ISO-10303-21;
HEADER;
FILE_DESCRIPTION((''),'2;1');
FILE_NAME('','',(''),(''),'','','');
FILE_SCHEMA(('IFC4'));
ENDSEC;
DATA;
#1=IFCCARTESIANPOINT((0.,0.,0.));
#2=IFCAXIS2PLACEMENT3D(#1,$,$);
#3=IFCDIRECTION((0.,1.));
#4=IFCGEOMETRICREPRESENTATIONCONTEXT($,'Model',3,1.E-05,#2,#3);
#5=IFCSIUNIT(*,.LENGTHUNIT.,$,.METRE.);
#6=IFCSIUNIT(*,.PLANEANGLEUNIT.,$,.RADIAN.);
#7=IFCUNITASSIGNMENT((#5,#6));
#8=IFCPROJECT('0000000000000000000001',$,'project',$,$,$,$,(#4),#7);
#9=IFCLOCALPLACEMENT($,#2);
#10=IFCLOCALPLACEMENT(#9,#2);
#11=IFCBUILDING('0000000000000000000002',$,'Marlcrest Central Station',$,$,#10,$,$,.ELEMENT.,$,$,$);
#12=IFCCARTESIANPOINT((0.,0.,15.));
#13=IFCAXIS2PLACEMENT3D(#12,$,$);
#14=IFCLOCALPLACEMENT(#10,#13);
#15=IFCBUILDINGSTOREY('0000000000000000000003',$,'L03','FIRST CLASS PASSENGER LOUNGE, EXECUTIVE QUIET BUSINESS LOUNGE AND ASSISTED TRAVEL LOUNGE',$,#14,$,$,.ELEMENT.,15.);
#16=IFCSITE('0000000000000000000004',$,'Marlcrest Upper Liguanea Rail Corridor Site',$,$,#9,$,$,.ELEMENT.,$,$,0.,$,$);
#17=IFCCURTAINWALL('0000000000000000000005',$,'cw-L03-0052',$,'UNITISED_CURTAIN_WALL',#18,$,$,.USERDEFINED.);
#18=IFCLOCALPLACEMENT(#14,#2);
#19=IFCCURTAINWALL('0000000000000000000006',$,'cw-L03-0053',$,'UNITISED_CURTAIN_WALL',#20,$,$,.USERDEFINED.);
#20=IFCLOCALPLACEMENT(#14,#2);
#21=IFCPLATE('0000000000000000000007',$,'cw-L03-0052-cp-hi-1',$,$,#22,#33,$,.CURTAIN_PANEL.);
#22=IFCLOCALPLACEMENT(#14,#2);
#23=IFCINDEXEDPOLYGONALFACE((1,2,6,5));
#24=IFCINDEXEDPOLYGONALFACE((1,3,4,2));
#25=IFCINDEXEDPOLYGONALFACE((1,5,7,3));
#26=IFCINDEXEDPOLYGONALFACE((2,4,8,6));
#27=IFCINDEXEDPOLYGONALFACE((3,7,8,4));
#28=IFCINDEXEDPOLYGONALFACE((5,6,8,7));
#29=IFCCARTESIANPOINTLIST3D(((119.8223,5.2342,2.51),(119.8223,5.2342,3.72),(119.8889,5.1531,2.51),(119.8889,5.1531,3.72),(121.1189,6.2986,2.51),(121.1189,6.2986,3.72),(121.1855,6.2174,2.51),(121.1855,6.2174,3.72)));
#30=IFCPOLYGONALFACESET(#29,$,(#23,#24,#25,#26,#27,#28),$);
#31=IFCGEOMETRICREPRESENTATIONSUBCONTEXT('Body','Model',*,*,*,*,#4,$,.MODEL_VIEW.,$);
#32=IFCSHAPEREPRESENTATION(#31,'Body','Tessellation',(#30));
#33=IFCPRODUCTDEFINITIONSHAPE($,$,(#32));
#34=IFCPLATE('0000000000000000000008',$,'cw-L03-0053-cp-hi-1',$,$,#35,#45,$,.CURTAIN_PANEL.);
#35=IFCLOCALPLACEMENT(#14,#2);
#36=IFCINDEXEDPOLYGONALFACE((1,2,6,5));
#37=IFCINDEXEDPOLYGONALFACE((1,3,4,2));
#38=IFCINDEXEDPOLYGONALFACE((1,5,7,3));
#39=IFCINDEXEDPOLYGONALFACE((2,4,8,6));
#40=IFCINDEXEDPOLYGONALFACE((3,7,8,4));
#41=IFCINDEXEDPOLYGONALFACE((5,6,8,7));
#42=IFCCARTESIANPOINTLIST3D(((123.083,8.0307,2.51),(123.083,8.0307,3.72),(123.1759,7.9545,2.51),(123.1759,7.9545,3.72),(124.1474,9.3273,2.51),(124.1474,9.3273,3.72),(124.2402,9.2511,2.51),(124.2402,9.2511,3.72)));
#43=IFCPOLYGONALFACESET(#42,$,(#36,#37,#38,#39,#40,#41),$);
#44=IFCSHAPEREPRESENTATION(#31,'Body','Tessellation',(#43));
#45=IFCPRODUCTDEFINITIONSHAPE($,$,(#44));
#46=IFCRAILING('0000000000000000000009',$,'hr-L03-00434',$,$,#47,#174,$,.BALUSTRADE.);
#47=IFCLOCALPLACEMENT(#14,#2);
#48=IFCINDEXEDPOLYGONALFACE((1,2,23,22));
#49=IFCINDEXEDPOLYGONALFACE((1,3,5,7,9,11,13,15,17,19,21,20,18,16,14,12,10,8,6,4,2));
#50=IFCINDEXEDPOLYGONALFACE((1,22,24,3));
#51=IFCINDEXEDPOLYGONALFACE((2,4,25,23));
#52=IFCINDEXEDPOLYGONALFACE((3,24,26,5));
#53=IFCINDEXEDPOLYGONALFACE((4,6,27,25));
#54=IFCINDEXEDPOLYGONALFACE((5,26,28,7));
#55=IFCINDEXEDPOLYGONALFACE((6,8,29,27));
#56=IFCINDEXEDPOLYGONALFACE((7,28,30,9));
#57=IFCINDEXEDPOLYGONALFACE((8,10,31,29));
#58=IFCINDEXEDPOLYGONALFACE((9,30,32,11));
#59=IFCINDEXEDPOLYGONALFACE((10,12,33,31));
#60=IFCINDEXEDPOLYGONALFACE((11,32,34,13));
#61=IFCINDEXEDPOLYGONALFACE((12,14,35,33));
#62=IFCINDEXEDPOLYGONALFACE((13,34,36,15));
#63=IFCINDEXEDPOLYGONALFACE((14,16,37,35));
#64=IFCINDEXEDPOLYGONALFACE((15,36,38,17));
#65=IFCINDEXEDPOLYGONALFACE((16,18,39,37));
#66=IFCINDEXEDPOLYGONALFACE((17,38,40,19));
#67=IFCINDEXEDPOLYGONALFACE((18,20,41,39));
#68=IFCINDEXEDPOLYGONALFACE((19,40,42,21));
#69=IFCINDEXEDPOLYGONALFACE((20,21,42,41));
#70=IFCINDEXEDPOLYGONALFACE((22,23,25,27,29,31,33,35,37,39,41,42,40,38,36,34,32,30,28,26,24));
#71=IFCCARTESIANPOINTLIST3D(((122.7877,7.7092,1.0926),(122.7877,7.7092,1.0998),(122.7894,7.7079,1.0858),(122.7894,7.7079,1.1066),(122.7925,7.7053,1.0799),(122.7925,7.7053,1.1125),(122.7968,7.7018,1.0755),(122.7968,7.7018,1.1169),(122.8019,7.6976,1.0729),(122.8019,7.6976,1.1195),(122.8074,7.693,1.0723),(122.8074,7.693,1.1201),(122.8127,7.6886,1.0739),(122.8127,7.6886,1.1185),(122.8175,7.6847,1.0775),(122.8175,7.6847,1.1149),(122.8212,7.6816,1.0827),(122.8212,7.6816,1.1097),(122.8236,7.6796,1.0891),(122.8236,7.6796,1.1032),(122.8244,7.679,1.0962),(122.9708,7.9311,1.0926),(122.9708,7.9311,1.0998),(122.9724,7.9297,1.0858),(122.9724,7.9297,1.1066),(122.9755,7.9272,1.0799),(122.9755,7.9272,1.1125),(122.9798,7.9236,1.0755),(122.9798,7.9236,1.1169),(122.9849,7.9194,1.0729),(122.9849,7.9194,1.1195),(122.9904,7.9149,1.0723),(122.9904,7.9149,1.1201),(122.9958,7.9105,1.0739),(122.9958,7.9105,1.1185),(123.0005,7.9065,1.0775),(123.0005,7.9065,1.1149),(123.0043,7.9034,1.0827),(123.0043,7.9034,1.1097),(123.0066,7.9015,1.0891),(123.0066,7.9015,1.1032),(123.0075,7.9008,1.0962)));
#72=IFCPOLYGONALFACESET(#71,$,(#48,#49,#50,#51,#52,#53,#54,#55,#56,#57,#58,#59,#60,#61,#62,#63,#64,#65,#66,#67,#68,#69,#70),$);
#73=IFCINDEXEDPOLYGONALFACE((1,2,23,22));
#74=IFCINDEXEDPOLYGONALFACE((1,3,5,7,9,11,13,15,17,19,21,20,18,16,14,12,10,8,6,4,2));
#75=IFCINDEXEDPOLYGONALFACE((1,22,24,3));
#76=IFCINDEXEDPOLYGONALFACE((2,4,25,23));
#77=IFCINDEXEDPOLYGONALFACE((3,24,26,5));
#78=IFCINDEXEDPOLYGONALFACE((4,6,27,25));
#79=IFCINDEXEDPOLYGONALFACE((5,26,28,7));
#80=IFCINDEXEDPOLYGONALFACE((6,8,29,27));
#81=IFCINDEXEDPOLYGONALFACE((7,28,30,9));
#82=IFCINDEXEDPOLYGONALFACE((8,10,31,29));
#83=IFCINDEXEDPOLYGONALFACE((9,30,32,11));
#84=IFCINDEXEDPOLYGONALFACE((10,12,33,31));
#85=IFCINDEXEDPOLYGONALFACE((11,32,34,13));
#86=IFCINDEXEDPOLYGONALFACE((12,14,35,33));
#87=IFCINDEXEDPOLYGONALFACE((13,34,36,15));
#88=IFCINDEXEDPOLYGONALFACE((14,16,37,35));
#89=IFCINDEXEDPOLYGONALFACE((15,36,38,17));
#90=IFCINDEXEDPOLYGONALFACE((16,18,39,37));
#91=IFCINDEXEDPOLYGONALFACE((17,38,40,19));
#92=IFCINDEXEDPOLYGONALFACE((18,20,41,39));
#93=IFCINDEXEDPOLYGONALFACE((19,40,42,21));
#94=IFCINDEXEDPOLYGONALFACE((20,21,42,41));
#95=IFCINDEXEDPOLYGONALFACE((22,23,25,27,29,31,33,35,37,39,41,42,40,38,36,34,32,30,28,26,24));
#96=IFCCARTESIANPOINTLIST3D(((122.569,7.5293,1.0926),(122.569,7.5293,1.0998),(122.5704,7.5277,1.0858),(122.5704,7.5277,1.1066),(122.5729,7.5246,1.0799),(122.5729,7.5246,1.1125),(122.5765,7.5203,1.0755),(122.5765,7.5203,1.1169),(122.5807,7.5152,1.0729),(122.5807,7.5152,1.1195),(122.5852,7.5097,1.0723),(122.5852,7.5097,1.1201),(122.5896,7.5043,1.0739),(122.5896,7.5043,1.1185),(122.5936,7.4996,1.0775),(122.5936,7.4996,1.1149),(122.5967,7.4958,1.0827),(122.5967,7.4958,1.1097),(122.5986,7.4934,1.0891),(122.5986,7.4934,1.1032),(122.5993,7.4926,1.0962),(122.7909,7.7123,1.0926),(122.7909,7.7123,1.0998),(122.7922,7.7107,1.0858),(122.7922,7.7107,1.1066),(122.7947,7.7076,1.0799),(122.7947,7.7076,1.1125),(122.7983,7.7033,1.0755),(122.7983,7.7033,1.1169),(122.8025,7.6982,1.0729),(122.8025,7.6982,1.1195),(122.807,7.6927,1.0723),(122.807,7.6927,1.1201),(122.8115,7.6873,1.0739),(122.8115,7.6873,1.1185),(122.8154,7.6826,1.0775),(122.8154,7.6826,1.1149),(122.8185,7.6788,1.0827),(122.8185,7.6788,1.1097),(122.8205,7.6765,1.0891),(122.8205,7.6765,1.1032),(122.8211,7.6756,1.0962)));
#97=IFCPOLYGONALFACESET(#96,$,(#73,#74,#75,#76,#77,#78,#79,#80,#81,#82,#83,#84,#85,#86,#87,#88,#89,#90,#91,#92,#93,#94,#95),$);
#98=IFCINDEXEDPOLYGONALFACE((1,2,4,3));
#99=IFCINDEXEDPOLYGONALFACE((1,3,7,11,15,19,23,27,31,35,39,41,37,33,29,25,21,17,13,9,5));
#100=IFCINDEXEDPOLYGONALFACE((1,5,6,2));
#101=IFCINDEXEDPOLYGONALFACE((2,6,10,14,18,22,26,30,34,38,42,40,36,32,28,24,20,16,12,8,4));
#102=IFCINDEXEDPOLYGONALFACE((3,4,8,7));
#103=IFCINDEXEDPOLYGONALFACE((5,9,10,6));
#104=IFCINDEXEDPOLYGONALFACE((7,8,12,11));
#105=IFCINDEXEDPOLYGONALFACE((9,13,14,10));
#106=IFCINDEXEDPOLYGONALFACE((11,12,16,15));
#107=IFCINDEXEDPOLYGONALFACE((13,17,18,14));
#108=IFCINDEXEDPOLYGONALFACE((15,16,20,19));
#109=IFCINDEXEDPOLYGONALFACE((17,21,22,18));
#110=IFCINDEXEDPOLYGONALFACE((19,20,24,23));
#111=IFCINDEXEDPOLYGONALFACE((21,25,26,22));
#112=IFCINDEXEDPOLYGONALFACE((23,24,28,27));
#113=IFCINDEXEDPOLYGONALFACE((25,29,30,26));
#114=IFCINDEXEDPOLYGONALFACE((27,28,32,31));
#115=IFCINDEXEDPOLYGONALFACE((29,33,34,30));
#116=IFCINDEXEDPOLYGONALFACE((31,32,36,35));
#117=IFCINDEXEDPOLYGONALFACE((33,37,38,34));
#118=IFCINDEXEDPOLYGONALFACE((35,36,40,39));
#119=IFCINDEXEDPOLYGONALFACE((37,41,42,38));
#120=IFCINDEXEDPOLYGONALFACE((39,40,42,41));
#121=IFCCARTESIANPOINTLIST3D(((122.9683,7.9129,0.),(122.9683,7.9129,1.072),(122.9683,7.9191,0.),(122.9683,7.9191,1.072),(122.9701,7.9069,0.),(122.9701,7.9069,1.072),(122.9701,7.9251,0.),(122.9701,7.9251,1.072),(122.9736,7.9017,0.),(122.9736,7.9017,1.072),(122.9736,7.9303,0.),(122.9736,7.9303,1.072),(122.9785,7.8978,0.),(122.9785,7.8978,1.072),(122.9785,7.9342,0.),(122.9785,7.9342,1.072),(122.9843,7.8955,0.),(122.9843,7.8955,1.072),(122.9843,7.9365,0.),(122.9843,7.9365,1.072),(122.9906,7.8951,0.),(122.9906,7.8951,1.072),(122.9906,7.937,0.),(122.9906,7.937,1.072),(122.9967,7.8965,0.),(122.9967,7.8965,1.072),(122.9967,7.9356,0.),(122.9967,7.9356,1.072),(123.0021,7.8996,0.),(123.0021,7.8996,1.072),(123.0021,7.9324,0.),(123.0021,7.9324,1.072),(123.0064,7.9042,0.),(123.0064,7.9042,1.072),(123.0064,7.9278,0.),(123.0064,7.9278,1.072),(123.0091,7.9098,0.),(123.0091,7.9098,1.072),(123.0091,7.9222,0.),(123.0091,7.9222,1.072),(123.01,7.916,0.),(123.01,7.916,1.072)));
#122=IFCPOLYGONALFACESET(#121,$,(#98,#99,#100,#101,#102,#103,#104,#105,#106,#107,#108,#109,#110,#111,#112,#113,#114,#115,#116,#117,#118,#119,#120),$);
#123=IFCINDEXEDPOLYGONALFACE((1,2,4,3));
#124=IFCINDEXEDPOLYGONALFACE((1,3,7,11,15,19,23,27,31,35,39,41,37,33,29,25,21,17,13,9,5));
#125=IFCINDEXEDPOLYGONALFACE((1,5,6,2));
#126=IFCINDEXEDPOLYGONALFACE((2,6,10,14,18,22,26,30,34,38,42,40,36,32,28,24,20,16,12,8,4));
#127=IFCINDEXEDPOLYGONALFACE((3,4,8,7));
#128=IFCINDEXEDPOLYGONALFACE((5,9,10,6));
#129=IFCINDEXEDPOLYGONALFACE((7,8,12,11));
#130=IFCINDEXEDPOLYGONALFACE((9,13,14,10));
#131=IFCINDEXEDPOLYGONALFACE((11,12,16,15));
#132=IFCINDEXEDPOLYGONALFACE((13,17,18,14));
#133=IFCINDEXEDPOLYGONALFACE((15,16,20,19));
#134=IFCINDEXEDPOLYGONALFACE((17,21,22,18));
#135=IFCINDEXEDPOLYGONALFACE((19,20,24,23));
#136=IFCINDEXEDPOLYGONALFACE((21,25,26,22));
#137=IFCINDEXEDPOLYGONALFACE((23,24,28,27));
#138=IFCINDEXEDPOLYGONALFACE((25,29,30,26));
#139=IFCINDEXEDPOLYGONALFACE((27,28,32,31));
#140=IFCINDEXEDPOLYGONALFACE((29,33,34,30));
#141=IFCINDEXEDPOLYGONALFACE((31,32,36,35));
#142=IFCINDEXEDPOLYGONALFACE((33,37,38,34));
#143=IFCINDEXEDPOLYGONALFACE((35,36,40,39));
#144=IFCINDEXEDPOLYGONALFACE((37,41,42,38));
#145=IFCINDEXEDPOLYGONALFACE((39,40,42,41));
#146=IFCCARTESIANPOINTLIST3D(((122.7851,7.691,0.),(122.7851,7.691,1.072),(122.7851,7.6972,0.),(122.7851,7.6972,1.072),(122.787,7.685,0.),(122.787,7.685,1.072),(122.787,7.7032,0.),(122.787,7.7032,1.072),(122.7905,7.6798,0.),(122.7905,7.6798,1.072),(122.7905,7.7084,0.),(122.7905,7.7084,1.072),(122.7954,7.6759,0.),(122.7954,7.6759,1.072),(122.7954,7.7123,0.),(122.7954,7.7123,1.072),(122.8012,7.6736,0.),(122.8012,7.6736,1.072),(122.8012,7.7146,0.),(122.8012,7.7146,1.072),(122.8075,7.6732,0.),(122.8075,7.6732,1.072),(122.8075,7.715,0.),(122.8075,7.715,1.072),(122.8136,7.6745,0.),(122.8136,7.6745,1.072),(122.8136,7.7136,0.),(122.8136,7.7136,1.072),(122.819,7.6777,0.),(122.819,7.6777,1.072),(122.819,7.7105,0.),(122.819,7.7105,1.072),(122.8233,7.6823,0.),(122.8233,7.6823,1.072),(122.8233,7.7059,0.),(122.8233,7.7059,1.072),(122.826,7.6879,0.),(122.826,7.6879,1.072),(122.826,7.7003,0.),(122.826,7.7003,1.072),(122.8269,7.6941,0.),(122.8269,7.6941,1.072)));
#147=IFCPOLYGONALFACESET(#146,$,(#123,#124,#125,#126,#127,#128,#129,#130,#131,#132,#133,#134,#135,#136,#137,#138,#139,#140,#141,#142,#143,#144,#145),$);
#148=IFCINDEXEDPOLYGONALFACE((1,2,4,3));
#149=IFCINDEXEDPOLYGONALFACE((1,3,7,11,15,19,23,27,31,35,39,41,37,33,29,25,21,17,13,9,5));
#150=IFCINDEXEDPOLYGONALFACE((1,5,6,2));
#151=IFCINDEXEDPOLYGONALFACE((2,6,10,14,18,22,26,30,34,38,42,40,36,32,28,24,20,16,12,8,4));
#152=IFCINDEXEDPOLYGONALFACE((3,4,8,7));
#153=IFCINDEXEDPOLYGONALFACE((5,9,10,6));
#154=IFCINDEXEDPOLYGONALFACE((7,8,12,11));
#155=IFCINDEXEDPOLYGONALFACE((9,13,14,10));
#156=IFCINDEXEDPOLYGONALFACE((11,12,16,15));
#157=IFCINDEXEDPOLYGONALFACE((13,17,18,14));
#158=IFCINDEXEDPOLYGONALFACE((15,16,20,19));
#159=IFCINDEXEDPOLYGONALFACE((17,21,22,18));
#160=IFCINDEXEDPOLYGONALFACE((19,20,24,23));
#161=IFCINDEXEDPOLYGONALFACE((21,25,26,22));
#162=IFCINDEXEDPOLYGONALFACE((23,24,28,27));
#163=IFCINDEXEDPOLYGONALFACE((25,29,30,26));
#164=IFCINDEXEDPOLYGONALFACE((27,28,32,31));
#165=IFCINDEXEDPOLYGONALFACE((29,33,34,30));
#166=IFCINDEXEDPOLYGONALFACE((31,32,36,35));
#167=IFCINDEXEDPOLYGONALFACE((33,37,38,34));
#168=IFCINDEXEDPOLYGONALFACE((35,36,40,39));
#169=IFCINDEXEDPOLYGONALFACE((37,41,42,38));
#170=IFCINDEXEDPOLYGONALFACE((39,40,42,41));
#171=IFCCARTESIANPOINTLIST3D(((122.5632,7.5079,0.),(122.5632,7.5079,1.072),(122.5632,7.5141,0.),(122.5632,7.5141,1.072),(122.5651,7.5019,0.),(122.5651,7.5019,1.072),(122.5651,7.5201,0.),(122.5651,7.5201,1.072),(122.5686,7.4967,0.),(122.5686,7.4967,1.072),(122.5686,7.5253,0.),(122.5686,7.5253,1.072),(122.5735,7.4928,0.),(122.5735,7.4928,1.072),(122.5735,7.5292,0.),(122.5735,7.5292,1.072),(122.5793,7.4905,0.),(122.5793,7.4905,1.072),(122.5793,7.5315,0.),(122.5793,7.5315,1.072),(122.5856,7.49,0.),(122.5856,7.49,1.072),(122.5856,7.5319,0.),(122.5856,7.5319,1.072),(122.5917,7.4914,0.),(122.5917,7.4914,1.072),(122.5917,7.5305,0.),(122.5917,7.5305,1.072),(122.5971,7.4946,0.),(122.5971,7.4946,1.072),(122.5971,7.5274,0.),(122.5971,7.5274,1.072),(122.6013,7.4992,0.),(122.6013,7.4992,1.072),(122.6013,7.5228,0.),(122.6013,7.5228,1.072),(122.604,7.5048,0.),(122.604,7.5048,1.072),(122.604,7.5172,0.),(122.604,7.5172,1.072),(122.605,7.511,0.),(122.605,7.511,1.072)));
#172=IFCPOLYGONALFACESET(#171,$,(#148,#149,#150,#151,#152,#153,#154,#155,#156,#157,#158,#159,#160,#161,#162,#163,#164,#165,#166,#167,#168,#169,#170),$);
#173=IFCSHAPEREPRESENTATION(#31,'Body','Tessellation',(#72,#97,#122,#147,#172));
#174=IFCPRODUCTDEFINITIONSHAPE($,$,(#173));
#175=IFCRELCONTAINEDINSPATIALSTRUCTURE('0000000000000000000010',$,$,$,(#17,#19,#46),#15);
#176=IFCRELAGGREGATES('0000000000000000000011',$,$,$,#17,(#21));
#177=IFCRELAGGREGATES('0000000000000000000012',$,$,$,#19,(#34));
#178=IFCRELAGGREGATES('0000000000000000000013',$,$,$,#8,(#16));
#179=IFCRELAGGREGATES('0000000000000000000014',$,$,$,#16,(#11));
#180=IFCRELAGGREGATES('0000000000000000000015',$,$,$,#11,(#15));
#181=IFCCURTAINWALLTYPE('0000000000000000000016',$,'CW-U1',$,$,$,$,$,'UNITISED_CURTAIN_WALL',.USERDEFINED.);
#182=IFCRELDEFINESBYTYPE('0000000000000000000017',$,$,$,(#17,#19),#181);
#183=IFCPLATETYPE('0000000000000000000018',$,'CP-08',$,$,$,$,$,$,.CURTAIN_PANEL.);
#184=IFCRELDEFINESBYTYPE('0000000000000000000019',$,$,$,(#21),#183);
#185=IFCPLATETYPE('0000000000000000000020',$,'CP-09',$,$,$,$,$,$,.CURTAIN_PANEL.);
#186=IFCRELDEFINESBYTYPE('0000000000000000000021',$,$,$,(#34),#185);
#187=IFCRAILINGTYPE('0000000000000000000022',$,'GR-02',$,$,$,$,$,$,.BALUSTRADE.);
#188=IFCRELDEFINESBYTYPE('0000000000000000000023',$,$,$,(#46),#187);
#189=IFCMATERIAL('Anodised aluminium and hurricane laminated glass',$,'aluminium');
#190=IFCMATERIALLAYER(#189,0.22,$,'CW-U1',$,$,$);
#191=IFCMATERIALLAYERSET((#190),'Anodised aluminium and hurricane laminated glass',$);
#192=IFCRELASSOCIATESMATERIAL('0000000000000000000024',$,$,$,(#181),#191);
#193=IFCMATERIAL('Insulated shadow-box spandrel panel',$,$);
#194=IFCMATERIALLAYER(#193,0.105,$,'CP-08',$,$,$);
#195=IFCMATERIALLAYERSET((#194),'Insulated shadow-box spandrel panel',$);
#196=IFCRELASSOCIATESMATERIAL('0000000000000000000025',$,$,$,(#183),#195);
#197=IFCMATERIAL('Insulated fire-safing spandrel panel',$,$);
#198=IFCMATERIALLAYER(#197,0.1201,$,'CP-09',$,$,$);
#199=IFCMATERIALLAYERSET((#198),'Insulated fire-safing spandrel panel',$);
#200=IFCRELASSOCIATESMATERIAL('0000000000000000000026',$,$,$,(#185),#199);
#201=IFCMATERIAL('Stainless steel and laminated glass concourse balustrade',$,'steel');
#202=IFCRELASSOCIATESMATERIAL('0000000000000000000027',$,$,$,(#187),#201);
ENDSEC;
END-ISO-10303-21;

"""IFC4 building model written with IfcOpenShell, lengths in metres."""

from ifc_helpers import new_model, si_unit, direction, frame, origin, origin_2d, place, context, subcontext, project, spatial, rectangle, circle, extrude, material, layer, layer_set, type_object, element, aggregate, save


model = new_model("IFC4")

# Units and contexts
model_context = context("Model", 3, precision=1e-05, world=origin(), true_north=direction((0.0, 1.0)))
body_context = subcontext(model_context, "Body", "Model", "MODEL_VIEW")
ifc_project = project(units=[si_unit("LENGTHUNIT", "METRE"), si_unit("PLANEANGLEUNIT", "RADIAN")], contexts=[model_context])

# Site, building, storey
site_placement = place(None, origin())
site = spatial("IfcSite", under=ifc_project, at=site_placement, Name="Marlcrest Upper Liguanea Rail Corridor Site", CompositionType="ELEMENT", RefElevation=0.0)
building_placement = place(site_placement, origin())
building = spatial("IfcBuilding", under=site, at=building_placement, Name="Marlcrest Central Station", CompositionType="ELEMENT")
storey_placement = place(building_placement, frame((0.0, 0.0, 15.0)))
storey = spatial("IfcBuildingStorey", under=building, at=storey_placement, Name="L03", Description="FIRST CLASS PASSENGER LOUNGE, EXECUTIVE QUIET BUSINESS LOUNGE AND ASSISTED TRAVEL LOUNGE", CompositionType="ELEMENT", Elevation=15.0)

# Curtain walls
ifc_material_1 = material(Name="Anodised aluminium and hurricane laminated glass", Category="aluminium")
ifc_layer_1 = layer(ifc_material_1, 0.22, Name="CW-U1")
ifc_layer_set_1 = layer_set([ifc_layer_1], Name="Anodised aluminium and hurricane laminated glass")
curtain_wall_type = type_object("IfcCurtainWallType", Name="CW-U1", ElementType="UNITISED_CURTAIN_WALL", PredefinedType="USERDEFINED", material=ifc_layer_set_1)
curtain_wall_1_placement = place(storey_placement, origin())
curtain_wall_1 = element("IfcCurtainWall", 1, at=curtain_wall_1_placement, inside=storey, type_object=curtain_wall_type, Name="cw-L03-0052", ObjectType="UNITISED_CURTAIN_WALL", PredefinedType="USERDEFINED")
curtain_wall_2_placement = place(storey_placement, origin())
curtain_wall_2 = element("IfcCurtainWall", 2, at=curtain_wall_2_placement, inside=storey, type_object=curtain_wall_type, Name="cw-L03-0053", ObjectType="UNITISED_CURTAIN_WALL", PredefinedType="USERDEFINED")

# Plates
ifc_material_2 = material(Name="Insulated shadow-box spandrel panel")
ifc_layer_2 = layer(ifc_material_2, 0.105, Name="CP-08")
ifc_layer_set_2 = layer_set([ifc_layer_2], Name="Insulated shadow-box spandrel panel")
plate_type_1 = type_object("IfcPlateType", Name="CP-08", PredefinedType="CURTAIN_PANEL", material=ifc_layer_set_2)
plate_1_placement = place(storey_placement, frame((120.5039, 5.7258, 2.51), z_axis=(0.0, 0.0, 1.0), x_axis=(-0.772944, -0.634474, 0.0)))
plate_1 = element("IfcPlate", 3, at=plate_1_placement, type_object=plate_type_1, Name="cw-L03-0052-cp-hi-1", PredefinedType="CURTAIN_PANEL", context=body_context, shape_type="SweptSolid", body=[
    extrude(rectangle(XDim=1.6775, YDim=0.105, at=origin_2d()), origin(), (0.0, 0.0, 1.0), 1.21),
])
aggregate(curtain_wall_1, [plate_1])
ifc_material_3 = material(Name="Insulated fire-safing spandrel panel")
ifc_layer_3 = layer(ifc_material_3, 0.1201, Name="CP-09")
ifc_layer_set_3 = layer_set([ifc_layer_3], Name="Insulated fire-safing spandrel panel")
plate_type_2 = type_object("IfcPlateType", Name="CP-09", PredefinedType="CURTAIN_PANEL", material=ifc_layer_set_3)
plate_2_placement = place(storey_placement, frame((123.6616, 8.6409, 2.51), z_axis=(0.0, 0.0, 1.0), x_axis=(-0.634474, -0.772944, 0.0)))
plate_2 = element("IfcPlate", 4, at=plate_2_placement, type_object=plate_type_2, Name="cw-L03-0053-cp-hi-1", PredefinedType="CURTAIN_PANEL", context=body_context, shape_type="SweptSolid", body=[
    extrude(rectangle(XDim=1.6775, YDim=0.1201, at=origin_2d()), origin(), (0.0, 0.0, 1.0), 1.21),
])
aggregate(curtain_wall_2, [plate_2])

# Railing
ifc_material_4 = material(Name="Stainless steel and laminated glass concourse balustrade", Category="steel")
railing_type = type_object("IfcRailingType", Name="GR-02", PredefinedType="BALUSTRADE", material=ifc_material_4)
railing_1_placement = place(storey_placement, frame((122.989, 7.916, 0.0)))
element("IfcRailing", 5, at=railing_1_placement, inside=storey, type_object=railing_type, Name="hr-L03-00434", PredefinedType="BALUSTRADE", context=body_context, shape_type="SweptSolid", body=[
    extrude(circle(Radius=0.0239, at=origin_2d()), frame((0.0, 0.0, 1.0962), z_axis=(-0.636421, -0.771342, 0.0), x_axis=(0.771342, -0.636421, 0.0)), (0.0, 0.0, 1.0), 0.2876),
    extrude(circle(Radius=0.0239, at=origin_2d()), frame((-0.1831, -0.2219, 1.0962), z_axis=(-0.771342, -0.636421, 0.0), x_axis=(0.636421, -0.771342, 0.0)), (0.0, 0.0, 1.0), 0.2876),
    extrude(circle(Radius=0.021, at=origin_2d()), origin(), (0.0, 0.0, 1.0), 1.072),
    extrude(circle(Radius=0.021, at=origin_2d()), frame((-0.1831, -0.2219, 0.0)), (0.0, 0.0, 1.0), 1.072),
    extrude(circle(Radius=0.021, at=origin_2d()), frame((-0.405, -0.405, 0.0)), (0.0, 0.0, 1.0), 1.072),
])

save(model, "model.ifc")
